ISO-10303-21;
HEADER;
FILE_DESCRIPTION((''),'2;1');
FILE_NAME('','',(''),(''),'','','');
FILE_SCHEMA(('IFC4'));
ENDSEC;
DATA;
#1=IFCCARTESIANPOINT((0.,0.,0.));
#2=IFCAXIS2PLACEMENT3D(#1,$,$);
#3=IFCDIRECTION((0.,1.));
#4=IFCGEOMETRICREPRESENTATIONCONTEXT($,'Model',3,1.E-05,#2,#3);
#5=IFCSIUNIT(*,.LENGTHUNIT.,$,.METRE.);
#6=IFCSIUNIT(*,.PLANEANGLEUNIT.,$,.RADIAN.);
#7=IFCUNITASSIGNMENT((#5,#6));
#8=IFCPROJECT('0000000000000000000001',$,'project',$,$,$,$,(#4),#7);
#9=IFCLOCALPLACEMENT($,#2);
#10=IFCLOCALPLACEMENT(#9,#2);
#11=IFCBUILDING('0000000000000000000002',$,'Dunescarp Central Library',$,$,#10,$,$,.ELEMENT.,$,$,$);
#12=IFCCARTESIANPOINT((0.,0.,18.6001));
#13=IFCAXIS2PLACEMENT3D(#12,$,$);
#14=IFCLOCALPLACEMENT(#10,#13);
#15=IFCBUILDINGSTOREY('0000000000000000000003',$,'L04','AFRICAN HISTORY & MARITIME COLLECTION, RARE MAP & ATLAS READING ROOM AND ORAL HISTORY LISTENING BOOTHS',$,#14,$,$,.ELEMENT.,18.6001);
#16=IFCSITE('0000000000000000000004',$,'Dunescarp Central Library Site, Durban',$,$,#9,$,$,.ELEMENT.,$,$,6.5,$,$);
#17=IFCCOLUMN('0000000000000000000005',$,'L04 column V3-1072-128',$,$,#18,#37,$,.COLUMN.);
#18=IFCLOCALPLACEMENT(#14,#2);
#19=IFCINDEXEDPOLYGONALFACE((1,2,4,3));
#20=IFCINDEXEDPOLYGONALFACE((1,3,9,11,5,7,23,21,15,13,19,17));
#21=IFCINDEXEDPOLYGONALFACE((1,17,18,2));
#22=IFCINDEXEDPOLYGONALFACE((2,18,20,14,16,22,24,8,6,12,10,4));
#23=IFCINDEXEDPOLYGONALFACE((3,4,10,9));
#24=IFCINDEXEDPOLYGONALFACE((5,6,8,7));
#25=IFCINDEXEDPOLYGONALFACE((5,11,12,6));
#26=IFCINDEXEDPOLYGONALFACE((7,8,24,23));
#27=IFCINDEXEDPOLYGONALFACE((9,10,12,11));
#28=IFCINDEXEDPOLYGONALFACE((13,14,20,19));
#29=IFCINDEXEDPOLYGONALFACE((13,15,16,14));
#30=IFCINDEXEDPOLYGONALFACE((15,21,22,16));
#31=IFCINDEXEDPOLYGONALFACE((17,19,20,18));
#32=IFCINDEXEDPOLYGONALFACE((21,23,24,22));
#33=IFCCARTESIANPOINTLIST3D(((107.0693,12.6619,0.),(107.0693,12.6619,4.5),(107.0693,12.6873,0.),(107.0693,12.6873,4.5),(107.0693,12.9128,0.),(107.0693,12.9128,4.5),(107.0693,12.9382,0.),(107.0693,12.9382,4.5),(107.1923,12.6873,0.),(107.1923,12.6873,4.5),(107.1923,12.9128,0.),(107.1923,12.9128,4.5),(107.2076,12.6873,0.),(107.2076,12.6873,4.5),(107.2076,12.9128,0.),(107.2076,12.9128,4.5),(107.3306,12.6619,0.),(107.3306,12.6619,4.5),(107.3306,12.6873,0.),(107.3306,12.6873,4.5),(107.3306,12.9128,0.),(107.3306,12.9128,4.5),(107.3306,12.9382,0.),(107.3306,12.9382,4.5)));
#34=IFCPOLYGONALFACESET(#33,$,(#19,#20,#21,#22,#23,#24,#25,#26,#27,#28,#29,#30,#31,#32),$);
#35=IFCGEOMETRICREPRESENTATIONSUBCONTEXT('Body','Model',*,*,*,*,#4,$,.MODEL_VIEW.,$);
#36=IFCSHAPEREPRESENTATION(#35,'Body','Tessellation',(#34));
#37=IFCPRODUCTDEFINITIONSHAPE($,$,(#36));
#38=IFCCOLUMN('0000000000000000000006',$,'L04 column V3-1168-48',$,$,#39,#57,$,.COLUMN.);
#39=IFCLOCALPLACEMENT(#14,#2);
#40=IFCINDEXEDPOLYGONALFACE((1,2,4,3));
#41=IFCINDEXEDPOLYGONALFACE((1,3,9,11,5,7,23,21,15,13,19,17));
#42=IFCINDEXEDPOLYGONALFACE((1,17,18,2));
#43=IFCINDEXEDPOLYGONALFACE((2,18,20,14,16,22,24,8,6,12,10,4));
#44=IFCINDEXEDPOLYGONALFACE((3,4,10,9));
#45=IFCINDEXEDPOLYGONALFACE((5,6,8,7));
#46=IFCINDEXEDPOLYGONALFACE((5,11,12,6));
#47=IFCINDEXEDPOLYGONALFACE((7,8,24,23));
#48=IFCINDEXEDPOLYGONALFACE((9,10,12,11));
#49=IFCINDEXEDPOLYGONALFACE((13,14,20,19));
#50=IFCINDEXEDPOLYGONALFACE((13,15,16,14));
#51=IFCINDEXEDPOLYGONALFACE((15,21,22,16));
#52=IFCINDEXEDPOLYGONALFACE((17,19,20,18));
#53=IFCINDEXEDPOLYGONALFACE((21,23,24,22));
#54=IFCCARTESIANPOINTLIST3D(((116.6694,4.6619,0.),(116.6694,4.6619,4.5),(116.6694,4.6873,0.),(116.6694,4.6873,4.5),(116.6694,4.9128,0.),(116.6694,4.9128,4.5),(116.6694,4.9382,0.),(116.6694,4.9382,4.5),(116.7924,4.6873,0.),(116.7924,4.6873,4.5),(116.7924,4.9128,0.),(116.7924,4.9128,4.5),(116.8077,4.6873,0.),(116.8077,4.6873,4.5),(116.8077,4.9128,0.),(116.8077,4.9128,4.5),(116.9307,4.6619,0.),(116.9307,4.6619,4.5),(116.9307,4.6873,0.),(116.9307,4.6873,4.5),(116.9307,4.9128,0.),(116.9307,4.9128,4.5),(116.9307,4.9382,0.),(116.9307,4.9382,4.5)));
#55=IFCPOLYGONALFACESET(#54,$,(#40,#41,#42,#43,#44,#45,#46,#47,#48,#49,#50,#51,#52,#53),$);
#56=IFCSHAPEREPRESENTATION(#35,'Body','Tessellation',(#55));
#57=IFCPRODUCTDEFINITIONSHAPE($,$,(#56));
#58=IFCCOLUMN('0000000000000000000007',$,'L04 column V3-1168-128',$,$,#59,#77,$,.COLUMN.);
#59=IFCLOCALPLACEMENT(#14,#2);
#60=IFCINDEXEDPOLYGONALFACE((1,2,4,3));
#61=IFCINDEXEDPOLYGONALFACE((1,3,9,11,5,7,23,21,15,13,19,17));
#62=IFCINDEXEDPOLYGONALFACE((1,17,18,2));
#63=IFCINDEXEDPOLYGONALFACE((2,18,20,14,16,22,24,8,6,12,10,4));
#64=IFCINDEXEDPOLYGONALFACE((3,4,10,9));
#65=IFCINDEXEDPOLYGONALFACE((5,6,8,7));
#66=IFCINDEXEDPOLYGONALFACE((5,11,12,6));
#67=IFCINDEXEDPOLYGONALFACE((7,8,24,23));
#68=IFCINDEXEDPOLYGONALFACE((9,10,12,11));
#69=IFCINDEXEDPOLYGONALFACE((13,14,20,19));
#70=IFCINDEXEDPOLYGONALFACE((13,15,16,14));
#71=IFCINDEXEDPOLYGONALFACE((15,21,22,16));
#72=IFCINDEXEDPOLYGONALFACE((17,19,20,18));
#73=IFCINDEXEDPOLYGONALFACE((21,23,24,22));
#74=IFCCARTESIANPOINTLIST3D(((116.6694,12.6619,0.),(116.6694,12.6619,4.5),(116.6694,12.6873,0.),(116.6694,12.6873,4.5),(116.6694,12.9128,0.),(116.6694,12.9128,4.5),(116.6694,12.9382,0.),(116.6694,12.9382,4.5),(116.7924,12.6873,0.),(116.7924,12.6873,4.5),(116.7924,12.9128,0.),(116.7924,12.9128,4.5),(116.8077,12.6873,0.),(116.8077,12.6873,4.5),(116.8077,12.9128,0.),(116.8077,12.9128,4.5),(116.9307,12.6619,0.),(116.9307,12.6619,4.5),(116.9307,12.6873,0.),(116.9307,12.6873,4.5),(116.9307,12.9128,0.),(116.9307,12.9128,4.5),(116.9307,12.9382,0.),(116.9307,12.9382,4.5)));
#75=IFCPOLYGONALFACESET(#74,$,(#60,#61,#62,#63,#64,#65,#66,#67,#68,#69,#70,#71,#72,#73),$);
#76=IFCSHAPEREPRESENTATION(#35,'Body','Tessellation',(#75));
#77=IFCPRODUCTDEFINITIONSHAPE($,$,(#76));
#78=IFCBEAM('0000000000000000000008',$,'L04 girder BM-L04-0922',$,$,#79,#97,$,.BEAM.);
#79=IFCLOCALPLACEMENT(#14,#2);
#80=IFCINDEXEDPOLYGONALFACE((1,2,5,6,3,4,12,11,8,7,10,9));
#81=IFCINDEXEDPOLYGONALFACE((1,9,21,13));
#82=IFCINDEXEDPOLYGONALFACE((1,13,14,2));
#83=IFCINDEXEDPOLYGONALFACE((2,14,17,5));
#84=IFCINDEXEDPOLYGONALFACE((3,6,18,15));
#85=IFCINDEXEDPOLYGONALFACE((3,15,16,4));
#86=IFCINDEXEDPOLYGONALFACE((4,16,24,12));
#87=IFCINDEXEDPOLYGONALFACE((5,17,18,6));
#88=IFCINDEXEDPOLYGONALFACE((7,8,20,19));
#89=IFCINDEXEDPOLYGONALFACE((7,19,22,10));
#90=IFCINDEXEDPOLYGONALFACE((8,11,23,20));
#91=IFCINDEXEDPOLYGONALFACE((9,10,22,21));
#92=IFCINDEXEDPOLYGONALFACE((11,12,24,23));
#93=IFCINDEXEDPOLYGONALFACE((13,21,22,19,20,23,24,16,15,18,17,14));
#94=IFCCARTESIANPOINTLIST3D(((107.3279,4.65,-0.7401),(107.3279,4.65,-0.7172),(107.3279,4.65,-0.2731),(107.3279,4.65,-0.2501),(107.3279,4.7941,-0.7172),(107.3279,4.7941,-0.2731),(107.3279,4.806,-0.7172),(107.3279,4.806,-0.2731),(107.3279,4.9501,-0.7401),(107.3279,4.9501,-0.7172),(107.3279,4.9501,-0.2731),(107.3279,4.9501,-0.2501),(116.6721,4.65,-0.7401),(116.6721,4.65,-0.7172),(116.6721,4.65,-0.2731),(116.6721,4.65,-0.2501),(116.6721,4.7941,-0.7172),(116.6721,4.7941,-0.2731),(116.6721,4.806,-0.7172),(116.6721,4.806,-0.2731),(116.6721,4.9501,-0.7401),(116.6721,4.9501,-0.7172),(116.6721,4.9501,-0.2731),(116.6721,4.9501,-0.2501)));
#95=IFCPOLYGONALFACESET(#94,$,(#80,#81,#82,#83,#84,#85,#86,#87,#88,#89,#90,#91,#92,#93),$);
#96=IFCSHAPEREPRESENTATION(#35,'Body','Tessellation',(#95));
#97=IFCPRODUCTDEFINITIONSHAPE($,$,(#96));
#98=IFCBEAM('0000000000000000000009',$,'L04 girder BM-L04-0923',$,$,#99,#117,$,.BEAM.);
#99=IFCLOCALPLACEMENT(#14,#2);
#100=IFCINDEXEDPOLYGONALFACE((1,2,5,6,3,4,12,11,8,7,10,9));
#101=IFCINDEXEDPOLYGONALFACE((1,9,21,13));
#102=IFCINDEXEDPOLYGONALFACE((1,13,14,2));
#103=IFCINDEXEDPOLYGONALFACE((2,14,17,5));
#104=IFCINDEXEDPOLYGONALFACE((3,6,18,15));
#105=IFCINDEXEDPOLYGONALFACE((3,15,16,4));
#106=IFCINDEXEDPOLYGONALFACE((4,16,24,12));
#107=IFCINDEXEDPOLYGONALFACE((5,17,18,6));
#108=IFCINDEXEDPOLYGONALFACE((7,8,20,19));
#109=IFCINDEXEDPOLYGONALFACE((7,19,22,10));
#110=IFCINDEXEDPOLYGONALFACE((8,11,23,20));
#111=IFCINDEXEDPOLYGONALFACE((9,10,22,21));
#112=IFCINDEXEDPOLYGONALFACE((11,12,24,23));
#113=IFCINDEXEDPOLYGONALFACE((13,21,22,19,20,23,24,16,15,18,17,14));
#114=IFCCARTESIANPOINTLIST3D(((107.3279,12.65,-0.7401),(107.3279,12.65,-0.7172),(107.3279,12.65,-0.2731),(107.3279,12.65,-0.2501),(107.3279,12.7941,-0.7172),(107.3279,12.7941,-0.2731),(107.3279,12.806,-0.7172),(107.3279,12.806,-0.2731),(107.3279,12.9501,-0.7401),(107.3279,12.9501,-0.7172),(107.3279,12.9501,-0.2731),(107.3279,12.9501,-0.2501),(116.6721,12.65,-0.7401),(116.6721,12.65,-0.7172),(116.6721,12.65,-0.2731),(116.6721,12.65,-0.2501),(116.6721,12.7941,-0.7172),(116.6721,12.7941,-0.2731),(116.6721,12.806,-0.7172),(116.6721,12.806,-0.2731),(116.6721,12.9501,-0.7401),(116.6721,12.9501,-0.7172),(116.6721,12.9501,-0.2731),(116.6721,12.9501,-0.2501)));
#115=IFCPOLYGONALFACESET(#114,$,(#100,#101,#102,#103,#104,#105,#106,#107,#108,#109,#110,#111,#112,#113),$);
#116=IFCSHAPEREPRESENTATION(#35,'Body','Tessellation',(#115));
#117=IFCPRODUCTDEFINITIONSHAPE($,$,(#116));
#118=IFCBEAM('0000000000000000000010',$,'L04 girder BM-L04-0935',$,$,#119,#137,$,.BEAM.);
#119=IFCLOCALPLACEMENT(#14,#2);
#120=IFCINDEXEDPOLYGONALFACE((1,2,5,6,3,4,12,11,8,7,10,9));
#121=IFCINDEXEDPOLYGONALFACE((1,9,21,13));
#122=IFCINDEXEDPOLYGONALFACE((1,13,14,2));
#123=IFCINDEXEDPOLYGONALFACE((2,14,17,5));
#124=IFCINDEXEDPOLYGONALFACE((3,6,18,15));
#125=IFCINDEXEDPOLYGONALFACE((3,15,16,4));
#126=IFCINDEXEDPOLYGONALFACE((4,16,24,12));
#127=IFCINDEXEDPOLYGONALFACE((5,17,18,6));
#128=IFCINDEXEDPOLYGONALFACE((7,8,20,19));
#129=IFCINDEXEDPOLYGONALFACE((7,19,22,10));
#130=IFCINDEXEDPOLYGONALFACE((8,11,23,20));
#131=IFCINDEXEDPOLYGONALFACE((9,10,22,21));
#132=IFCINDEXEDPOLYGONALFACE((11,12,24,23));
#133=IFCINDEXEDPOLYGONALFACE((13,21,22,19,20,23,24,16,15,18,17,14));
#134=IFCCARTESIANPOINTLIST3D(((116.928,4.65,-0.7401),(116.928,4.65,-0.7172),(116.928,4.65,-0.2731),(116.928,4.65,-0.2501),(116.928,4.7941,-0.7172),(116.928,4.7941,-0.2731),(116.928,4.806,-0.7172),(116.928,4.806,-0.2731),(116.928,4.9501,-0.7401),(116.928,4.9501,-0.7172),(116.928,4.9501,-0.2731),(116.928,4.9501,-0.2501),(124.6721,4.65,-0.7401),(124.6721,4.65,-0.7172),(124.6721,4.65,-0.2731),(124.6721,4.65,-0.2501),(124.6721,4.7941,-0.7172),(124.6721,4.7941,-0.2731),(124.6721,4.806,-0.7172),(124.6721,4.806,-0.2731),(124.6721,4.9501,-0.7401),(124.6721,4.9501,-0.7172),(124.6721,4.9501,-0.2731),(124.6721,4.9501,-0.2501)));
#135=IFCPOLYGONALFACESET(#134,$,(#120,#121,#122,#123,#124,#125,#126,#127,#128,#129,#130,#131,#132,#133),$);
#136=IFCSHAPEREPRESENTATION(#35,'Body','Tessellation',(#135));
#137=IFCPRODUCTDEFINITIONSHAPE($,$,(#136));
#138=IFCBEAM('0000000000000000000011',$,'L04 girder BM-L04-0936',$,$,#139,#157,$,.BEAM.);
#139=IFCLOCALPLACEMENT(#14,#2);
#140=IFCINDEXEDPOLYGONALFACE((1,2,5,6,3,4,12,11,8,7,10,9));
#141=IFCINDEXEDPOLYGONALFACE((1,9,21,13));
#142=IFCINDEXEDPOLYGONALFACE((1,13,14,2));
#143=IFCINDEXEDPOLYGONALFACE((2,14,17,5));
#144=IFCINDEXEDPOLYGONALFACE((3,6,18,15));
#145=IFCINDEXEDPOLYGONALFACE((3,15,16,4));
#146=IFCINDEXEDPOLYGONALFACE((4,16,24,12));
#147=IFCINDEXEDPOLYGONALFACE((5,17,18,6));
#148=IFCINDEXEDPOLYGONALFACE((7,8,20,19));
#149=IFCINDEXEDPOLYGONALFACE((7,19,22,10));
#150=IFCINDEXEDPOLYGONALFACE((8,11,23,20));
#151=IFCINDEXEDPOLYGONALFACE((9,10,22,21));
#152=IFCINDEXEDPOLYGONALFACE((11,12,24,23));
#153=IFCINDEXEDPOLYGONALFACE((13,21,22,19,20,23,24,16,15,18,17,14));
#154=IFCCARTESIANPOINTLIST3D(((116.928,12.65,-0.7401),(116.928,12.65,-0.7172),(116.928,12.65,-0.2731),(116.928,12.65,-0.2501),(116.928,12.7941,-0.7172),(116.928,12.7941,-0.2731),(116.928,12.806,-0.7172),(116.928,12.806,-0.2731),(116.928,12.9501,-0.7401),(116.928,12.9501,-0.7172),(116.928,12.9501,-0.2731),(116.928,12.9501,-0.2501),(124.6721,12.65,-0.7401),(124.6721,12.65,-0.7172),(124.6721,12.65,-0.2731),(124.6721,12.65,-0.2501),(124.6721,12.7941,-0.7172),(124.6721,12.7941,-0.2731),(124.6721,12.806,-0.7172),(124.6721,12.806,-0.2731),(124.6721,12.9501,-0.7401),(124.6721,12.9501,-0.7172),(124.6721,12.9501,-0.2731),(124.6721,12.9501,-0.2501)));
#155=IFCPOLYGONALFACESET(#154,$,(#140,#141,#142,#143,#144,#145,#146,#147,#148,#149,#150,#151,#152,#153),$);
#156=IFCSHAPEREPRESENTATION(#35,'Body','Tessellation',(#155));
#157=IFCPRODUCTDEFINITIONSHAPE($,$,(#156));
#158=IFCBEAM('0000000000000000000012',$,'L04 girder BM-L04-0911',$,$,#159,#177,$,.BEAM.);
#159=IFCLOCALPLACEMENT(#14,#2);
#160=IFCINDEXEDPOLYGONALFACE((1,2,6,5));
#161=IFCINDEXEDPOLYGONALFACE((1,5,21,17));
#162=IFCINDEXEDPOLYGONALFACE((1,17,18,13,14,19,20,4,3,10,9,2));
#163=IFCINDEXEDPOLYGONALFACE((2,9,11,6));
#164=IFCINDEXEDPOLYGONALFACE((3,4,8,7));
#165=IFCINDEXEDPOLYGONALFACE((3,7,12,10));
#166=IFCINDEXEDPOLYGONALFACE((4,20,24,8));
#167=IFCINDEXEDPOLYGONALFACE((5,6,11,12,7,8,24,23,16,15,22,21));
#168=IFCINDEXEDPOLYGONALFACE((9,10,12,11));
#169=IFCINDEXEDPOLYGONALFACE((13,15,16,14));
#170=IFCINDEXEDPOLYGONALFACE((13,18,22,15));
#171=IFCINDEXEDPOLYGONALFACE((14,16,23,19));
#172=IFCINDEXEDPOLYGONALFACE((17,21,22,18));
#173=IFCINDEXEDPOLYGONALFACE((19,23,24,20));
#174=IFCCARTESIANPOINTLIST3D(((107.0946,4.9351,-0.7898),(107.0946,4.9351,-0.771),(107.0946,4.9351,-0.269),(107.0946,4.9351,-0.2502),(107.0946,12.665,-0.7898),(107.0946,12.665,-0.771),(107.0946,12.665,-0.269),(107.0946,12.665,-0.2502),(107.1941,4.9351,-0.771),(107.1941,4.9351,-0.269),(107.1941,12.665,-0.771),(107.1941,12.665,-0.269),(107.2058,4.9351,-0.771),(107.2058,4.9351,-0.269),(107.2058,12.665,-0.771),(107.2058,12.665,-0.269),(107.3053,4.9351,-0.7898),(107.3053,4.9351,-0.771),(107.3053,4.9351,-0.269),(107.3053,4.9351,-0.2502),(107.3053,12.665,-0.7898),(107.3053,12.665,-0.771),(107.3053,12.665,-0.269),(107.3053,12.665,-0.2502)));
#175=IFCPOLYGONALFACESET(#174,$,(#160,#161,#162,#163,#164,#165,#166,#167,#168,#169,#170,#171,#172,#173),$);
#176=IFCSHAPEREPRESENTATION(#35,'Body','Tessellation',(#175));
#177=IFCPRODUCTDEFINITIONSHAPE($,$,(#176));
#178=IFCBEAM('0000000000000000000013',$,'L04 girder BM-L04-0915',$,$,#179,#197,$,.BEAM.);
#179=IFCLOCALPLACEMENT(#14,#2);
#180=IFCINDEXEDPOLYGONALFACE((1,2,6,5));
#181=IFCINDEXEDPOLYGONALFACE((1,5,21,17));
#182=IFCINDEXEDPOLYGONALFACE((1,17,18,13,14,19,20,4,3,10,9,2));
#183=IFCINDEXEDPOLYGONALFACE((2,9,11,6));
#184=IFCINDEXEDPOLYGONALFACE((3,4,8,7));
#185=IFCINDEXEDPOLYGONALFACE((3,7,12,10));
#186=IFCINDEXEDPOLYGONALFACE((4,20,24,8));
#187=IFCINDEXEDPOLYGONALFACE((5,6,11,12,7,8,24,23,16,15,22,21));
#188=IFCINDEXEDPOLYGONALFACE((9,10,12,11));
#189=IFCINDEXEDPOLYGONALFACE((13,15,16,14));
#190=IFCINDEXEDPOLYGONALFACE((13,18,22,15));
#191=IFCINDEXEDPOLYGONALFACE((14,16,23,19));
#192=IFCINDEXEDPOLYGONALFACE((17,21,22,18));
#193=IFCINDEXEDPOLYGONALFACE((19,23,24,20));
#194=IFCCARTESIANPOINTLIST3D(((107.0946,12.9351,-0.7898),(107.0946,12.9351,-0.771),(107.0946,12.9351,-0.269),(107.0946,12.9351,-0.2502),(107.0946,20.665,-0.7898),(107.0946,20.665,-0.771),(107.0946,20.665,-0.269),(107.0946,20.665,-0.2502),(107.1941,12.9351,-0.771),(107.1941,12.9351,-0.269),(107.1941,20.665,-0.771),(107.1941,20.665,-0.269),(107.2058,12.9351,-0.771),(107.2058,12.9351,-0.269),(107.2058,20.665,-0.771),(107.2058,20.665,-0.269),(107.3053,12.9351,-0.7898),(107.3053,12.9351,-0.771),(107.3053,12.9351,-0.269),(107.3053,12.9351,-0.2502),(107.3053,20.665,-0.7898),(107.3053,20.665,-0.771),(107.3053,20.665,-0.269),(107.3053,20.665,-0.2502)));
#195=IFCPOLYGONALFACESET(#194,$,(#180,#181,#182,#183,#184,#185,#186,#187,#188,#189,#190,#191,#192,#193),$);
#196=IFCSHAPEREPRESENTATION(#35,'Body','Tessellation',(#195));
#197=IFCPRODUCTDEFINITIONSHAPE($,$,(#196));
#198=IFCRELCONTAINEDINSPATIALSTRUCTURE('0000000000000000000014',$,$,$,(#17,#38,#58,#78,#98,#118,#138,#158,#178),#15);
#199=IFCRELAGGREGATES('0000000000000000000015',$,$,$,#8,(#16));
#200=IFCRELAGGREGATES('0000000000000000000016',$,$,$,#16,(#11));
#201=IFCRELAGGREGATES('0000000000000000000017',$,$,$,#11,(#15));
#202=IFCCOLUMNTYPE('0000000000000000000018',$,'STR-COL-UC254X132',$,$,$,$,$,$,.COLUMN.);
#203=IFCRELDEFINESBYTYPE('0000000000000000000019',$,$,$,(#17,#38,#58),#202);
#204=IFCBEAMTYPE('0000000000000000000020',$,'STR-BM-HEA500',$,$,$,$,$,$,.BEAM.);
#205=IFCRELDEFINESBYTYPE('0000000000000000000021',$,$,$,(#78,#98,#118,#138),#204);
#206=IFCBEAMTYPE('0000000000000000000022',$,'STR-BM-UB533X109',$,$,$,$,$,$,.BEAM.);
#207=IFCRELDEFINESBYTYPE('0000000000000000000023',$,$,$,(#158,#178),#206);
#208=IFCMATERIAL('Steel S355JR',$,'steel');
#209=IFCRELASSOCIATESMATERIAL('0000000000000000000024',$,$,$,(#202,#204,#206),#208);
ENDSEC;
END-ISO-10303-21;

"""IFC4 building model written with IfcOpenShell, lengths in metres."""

from ifc_helpers import new_model, si_unit, direction, frame, origin, origin_2d, place, context, subcontext, project, spatial, i_section, extrude, material, material_profile, profile_set, type_object, element, save


model = new_model("IFC4")

# Units and contexts
model_context = context("Model", 3, precision=1e-05, world=origin(), true_north=direction((0.0, 1.0)))
body_context = subcontext(model_context, "Body", "Model", "MODEL_VIEW")
ifc_project = project(units=[si_unit("LENGTHUNIT", "METRE"), si_unit("PLANEANGLEUNIT", "RADIAN")], contexts=[model_context])

# Site, building, storey
site_placement = place(None, origin())
site = spatial("IfcSite", under=ifc_project, at=site_placement, Name="Dunescarp Central Library Site, Durban", CompositionType="ELEMENT", RefElevation=6.5)
building_placement = place(site_placement, origin())
building = spatial("IfcBuilding", under=site, at=building_placement, Name="Dunescarp Central Library", CompositionType="ELEMENT")
storey_placement = place(building_placement, frame((0.0, 0.0, 18.6001)))
storey = spatial("IfcBuildingStorey", under=building, at=storey_placement, Name="L04", Description="AFRICAN HISTORY & MARITIME COLLECTION, RARE MAP & ATLAS READING ROOM AND ORAL HISTORY LISTENING BOOTHS", CompositionType="ELEMENT", Elevation=18.6001)

# Columns
ifc_material_1 = material(Name="Steel S355JR", Category="steel")
ifc_material_profile_1 = material_profile(ifc_material_1, i_section(OverallWidth=0.2612, OverallDepth=0.2764, WebThickness=0.0154, FlangeThickness=0.0254, at=origin_2d()), Name="UC 254x254x132")
ifc_profile_set_1 = profile_set([ifc_material_profile_1], Name="Steel S355JR")
column_type = type_object("IfcColumnType", Name="STR-COL-UC254X132", PredefinedType="COLUMN", material=ifc_profile_set_1)
for number, where, z_axis, x_axis, name in (
    (1, (107.2, 12.8, 0.0), (0.0, 0.0, 1.0), (1.0, 0.0, 0.0), "L04 column V3-1072-128"),
    (2, (116.8, 4.8, 0.0), (0.0, 0.0, 1.0), (1.0, 0.0, 0.0), "L04 column V3-1168-48"),
    (3, (116.8, 12.8, 0.0), (0.0, 0.0, 1.0), (1.0, 0.0, 0.0), "L04 column V3-1168-128"),
):
    element("IfcColumn", number, at=place(storey_placement, frame(where, z_axis=z_axis, x_axis=x_axis)), inside=storey, type_object=column_type, Name=name, PredefinedType="COLUMN", context=body_context, shape_type="SweptSolid", body=[
        extrude(i_section(OverallWidth=0.2612, OverallDepth=0.2764, WebThickness=0.0154, FlangeThickness=0.0254, at=origin_2d()), origin(), (0.0, 0.0, 1.0), 4.5),
    ])

# Beams
ifc_material_profile_2 = material_profile(ifc_material_1, i_section(OverallWidth=0.3, OverallDepth=0.49, WebThickness=0.012, FlangeThickness=0.0229, at=origin_2d()), Name="HEA 500")
ifc_profile_set_2 = profile_set([ifc_material_profile_2], Name="Steel S355JR")
beam_type_1 = type_object("IfcBeamType", Name="STR-BM-HEA500", PredefinedType="BEAM", material=ifc_profile_set_2)
for number, where, z_axis, x_axis, name in (
    (4, (107.3279, 4.8, -0.4951), (1.0, 0.0, 0.0), (0.0, 1.0, 0.0), "L04 girder BM-L04-0922"),
    (5, (107.3279, 12.8, -0.4951), (1.0, 0.0, 0.0), (0.0, 1.0, 0.0), "L04 girder BM-L04-0923"),
):
    element("IfcBeam", number, at=place(storey_placement, frame(where, z_axis=z_axis, x_axis=x_axis)), inside=storey, type_object=beam_type_1, Name=name, PredefinedType="BEAM", context=body_context, shape_type="SweptSolid", body=[
        extrude(i_section(OverallWidth=0.3, OverallDepth=0.49, WebThickness=0.012, FlangeThickness=0.0229, at=origin_2d()), origin(), (0.0, 0.0, 1.0), 9.3442),
    ])
for number, where, z_axis, x_axis, name in (
    (6, (116.928, 4.8, -0.4951), (1.0, 0.0, 0.0), (0.0, 1.0, 0.0), "L04 girder BM-L04-0935"),
    (7, (116.928, 12.8, -0.4951), (1.0, 0.0, 0.0), (0.0, 1.0, 0.0), "L04 girder BM-L04-0936"),
):
    element("IfcBeam", number, at=place(storey_placement, frame(where, z_axis=z_axis, x_axis=x_axis)), inside=storey, type_object=beam_type_1, Name=name, PredefinedType="BEAM", context=body_context, shape_type="SweptSolid", body=[
        extrude(i_section(OverallWidth=0.3, OverallDepth=0.49, WebThickness=0.012, FlangeThickness=0.0229, at=origin_2d()), origin(), (0.0, 0.0, 1.0), 7.7441),
    ])
ifc_material_profile_3 = material_profile(ifc_material_1, i_section(OverallWidth=0.2107, OverallDepth=0.5396, WebThickness=0.0117, FlangeThickness=0.0188, at=origin_2d()), Name="UB 533x210x109")
ifc_profile_set_3 = profile_set([ifc_material_profile_3], Name="Steel S355JR")
beam_type_2 = type_object("IfcBeamType", Name="STR-BM-UB533X109", PredefinedType="BEAM", material=ifc_profile_set_3)
for number, where, z_axis, x_axis, name in (
    (8, (107.2, 4.9351, -0.52), (0.0, 1.0, 0.0), (-1.0, 0.0, 0.0), "L04 girder BM-L04-0911"),
    (9, (107.2, 12.9351, -0.52), (0.0, 1.0, 0.0), (-1.0, 0.0, 0.0), "L04 girder BM-L04-0915"),
):
    element("IfcBeam", number, at=place(storey_placement, frame(where, z_axis=z_axis, x_axis=x_axis)), inside=storey, type_object=beam_type_2, Name=name, PredefinedType="BEAM", context=body_context, shape_type="SweptSolid", body=[
        extrude(i_section(OverallWidth=0.2107, OverallDepth=0.5396, WebThickness=0.0117, FlangeThickness=0.0188, at=origin_2d()), origin(), (0.0, 0.0, 1.0), 7.73),
    ])

save(model, "model.ifc")
